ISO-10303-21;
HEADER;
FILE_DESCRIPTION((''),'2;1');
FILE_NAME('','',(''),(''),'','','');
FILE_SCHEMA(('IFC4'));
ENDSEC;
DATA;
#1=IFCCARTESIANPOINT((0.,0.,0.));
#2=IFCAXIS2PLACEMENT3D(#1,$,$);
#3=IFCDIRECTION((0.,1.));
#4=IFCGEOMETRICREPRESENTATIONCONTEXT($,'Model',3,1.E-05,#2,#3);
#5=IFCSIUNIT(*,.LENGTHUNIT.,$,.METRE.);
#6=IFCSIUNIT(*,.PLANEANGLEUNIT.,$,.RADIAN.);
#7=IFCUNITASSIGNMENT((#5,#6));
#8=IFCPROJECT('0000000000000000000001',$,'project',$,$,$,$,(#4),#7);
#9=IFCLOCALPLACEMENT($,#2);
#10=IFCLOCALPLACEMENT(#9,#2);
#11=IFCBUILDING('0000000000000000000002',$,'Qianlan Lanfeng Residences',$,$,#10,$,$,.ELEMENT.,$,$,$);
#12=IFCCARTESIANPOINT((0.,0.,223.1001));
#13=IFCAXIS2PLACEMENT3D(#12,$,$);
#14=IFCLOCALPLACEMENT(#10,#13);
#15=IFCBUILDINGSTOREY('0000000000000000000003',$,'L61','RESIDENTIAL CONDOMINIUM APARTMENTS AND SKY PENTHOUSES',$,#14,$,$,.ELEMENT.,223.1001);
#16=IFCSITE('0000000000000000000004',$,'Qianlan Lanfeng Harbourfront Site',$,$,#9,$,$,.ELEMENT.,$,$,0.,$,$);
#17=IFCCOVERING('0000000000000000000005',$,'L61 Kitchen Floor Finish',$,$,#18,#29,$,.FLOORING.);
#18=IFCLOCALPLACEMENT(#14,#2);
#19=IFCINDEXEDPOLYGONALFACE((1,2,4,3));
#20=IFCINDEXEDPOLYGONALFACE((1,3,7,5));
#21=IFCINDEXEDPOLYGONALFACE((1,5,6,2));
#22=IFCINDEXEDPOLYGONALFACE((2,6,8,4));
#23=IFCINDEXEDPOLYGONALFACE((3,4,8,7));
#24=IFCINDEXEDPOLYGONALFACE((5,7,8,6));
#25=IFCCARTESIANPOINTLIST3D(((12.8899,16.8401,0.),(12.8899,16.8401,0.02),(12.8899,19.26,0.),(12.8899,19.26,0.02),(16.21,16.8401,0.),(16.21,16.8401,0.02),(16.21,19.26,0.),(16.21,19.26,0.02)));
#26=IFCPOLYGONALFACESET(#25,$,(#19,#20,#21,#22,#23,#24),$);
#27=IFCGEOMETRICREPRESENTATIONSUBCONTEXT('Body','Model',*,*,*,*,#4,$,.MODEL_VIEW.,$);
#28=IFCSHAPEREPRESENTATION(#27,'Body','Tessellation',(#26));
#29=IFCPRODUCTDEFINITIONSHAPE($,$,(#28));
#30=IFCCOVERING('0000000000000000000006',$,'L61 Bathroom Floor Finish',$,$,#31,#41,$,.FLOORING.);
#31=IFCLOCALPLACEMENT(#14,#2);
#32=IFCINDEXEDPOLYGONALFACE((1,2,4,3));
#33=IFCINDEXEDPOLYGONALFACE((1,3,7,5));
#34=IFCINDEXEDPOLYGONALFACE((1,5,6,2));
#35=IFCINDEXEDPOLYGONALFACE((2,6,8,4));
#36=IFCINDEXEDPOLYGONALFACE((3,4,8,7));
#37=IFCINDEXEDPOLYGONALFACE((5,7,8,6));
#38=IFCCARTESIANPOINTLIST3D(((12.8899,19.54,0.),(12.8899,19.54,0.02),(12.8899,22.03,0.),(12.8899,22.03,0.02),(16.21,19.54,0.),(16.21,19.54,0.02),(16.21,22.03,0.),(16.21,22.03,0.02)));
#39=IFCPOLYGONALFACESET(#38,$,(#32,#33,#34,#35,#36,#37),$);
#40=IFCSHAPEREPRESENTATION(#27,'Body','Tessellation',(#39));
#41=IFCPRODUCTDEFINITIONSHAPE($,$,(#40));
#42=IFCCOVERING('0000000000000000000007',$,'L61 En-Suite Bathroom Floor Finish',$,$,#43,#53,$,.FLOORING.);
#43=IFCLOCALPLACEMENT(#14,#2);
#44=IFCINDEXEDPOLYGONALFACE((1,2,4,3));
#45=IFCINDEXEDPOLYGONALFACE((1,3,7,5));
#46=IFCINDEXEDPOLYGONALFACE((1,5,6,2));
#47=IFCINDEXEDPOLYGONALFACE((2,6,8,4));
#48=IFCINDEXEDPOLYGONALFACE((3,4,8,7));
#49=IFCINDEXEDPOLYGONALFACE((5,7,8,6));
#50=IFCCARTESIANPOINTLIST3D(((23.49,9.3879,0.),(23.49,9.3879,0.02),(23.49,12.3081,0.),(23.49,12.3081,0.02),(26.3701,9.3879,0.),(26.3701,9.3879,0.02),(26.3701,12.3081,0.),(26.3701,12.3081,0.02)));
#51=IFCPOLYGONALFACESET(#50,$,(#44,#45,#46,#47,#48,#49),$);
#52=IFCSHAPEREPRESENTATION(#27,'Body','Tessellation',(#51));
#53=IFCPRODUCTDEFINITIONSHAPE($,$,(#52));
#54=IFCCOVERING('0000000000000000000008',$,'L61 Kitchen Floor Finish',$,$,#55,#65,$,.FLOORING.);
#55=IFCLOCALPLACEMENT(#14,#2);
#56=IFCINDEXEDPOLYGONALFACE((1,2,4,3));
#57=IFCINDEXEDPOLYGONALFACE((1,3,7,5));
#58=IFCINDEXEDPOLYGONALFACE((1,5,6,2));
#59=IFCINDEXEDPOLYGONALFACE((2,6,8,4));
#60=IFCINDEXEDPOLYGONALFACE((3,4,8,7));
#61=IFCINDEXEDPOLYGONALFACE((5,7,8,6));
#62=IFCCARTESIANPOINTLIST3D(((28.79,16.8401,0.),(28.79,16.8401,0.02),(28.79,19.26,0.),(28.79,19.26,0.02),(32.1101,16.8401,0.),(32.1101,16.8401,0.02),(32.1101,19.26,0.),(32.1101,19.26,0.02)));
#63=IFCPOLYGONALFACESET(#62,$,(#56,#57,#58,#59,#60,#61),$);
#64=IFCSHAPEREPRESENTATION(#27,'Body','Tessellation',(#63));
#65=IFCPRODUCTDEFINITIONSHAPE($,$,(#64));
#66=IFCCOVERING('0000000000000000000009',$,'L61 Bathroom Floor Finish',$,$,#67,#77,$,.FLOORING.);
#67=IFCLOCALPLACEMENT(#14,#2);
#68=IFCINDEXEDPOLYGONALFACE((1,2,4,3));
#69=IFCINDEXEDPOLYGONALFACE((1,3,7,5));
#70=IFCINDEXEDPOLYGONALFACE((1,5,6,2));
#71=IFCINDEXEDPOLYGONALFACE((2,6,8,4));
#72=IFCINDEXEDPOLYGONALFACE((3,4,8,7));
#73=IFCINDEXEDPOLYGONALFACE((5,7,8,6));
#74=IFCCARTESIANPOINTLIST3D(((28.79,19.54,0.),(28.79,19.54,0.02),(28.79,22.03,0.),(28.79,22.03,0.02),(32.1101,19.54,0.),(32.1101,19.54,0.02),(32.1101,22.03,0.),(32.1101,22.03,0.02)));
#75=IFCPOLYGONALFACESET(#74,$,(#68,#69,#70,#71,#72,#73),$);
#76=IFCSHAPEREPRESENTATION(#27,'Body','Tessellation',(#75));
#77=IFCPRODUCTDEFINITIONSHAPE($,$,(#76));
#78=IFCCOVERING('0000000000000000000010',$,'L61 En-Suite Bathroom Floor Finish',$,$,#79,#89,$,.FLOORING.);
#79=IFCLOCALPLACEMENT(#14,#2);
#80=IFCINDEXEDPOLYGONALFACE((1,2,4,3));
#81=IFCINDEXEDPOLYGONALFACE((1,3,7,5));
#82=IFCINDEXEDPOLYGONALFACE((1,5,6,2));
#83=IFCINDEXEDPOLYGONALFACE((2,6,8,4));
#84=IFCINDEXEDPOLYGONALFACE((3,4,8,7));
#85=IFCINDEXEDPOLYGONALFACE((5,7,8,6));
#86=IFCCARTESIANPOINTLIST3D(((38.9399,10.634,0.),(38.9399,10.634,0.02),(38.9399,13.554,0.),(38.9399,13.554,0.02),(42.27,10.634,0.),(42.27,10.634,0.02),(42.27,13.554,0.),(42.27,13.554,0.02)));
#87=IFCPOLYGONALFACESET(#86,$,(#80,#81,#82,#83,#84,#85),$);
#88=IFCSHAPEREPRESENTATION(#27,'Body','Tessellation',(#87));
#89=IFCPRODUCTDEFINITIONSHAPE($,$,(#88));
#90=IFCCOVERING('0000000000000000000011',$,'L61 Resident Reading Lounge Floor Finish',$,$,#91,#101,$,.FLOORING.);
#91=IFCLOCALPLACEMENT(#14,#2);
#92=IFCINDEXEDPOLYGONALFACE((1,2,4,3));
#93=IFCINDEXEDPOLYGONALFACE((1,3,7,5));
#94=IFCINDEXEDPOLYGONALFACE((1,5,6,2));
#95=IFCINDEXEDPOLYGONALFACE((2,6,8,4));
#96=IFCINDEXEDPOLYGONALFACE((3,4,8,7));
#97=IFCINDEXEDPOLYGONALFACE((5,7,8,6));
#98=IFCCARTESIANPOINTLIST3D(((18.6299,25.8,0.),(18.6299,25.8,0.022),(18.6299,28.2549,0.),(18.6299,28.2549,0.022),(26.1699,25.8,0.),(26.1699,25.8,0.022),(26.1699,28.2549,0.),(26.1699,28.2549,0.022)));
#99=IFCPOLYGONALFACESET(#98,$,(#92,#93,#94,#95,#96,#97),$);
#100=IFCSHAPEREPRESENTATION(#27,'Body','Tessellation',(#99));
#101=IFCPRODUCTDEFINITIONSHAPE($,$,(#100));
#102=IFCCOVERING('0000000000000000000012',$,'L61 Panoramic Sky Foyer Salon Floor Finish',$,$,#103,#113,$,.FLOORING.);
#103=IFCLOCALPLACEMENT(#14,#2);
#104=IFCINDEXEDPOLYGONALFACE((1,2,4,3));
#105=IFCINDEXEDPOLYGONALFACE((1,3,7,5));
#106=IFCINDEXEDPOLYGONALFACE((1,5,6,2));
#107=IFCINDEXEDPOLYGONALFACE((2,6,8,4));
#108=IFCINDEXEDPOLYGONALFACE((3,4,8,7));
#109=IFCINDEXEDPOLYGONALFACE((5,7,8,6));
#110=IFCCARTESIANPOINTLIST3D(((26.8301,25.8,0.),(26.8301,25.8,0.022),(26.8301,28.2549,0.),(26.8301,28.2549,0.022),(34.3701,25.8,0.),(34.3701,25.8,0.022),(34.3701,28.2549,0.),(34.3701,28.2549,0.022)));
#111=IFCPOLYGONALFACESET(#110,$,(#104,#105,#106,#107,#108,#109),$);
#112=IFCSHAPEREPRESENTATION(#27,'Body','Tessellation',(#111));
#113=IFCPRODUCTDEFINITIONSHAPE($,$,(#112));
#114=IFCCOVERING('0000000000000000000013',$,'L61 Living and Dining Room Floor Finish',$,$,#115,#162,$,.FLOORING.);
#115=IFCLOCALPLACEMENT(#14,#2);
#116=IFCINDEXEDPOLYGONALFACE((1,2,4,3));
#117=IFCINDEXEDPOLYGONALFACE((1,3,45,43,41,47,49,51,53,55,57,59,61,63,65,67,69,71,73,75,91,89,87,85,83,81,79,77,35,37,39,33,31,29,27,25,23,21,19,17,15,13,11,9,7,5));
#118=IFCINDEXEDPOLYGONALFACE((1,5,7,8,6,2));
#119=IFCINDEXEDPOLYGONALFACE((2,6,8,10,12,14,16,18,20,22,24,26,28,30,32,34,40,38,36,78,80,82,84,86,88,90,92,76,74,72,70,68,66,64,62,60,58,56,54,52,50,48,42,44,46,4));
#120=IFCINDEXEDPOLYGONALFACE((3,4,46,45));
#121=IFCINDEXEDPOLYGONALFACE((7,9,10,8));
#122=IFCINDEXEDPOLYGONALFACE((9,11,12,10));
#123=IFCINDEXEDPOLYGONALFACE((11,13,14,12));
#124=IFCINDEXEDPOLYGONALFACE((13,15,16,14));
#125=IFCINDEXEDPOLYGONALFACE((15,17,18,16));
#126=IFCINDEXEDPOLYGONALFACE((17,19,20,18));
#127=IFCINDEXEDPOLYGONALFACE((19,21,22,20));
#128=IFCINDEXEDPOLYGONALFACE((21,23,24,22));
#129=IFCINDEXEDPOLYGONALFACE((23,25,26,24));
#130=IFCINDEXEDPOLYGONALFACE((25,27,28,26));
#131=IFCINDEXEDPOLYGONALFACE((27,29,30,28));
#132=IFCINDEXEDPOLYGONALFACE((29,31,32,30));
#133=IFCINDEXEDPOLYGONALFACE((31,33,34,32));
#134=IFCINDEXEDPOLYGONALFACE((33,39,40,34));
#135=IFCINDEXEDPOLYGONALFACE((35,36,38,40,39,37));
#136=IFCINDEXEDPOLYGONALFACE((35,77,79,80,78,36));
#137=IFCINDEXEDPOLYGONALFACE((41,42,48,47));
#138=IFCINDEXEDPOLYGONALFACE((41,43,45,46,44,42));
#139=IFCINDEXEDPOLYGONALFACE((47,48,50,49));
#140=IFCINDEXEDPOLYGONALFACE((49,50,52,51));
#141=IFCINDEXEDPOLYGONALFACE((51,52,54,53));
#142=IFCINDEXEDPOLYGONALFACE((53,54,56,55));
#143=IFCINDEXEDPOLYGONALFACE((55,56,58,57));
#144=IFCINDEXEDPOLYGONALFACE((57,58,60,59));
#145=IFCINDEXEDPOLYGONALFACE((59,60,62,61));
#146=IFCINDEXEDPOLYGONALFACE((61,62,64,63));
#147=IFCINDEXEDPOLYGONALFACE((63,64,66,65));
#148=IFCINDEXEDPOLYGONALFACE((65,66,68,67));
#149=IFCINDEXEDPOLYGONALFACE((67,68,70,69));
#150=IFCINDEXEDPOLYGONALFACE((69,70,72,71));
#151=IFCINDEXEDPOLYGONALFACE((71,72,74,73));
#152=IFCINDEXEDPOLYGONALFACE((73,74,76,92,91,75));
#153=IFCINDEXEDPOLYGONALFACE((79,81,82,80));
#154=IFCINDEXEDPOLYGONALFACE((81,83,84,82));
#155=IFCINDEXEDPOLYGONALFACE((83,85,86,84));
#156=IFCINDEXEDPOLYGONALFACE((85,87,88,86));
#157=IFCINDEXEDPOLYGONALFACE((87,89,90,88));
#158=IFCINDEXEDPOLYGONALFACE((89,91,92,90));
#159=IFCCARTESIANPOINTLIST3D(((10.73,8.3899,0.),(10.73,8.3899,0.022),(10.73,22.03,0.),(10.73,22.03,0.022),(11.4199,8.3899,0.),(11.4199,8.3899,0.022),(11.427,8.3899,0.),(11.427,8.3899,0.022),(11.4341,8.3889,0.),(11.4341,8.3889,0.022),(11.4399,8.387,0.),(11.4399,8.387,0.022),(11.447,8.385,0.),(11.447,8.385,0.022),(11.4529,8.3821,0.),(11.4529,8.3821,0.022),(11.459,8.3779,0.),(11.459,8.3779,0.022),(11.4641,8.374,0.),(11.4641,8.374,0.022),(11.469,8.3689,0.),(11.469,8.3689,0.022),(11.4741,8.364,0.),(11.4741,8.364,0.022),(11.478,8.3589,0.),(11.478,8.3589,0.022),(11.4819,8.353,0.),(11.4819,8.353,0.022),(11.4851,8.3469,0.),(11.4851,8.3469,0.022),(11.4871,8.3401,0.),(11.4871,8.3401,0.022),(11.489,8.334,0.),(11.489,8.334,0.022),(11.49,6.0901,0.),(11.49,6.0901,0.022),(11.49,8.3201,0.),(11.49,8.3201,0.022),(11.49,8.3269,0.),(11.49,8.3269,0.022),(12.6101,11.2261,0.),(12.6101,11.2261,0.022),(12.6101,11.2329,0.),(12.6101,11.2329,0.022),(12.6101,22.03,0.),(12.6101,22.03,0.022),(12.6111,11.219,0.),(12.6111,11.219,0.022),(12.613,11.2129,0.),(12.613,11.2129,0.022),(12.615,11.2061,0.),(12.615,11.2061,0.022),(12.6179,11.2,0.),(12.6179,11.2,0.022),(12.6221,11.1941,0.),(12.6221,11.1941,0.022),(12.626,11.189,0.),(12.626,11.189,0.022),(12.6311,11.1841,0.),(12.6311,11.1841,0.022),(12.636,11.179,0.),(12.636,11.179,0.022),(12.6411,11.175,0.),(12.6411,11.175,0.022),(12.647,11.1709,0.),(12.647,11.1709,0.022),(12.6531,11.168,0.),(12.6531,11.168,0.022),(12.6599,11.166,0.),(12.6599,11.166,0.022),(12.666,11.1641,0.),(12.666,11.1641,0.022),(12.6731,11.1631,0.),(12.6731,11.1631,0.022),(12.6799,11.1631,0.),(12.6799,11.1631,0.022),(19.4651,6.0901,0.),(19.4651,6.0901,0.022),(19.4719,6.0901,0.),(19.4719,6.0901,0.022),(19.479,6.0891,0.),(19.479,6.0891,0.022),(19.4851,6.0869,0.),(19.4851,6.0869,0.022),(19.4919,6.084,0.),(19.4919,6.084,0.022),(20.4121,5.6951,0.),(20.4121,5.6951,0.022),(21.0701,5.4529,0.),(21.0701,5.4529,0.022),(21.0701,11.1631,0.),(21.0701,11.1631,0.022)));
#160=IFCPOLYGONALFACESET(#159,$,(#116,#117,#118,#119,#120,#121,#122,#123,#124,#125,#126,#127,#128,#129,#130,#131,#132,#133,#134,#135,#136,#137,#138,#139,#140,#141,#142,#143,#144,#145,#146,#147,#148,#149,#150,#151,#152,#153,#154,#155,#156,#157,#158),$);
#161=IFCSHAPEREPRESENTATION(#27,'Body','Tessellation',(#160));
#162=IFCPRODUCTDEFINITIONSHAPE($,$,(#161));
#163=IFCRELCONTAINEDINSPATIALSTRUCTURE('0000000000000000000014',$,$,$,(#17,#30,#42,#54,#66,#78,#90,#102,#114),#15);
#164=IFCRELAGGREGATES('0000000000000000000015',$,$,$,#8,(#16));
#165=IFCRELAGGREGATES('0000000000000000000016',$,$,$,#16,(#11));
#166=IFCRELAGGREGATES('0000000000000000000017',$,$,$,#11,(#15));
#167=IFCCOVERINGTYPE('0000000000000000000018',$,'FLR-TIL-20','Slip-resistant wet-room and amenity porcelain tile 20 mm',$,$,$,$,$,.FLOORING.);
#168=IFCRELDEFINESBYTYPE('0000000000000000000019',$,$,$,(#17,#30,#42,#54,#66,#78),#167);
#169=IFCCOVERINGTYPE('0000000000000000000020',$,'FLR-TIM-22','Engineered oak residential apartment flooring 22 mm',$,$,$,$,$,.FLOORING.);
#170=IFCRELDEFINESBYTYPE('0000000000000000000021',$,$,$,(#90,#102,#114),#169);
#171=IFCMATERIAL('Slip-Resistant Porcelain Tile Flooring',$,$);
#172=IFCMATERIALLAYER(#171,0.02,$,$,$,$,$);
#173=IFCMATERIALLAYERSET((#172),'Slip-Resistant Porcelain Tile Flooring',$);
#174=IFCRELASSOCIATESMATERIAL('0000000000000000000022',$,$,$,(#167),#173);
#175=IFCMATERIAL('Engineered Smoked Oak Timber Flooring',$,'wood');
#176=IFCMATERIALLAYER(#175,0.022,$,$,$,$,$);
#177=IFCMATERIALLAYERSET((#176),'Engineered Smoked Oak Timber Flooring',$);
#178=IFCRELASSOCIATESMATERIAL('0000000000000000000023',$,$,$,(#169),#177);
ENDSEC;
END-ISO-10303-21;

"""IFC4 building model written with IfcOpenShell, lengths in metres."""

from ifc_helpers import new_model, si_unit, direction, frame, origin, place, context, subcontext, project, spatial, polyline, outline, extrude, material, layer, layer_set, type_object, element, save


model = new_model("IFC4")

# Units and contexts
model_context = context("Model", 3, precision=1e-05, world=origin(), true_north=direction((0.0, 1.0)))
body_context = subcontext(model_context, "Body", "Model", "MODEL_VIEW")
ifc_project = project(units=[si_unit("LENGTHUNIT", "METRE"), si_unit("PLANEANGLEUNIT", "RADIAN")], contexts=[model_context])

# Site, building, storey
site_placement = place(None, origin())
site = spatial("IfcSite", under=ifc_project, at=site_placement, Name="Qianlan Lanfeng Harbourfront Site", CompositionType="ELEMENT", RefElevation=0.0)
building_placement = place(site_placement, origin())
building = spatial("IfcBuilding", under=site, at=building_placement, Name="Qianlan Lanfeng Residences", CompositionType="ELEMENT")
storey_placement = place(building_placement, frame((0.0, 0.0, 223.1001)))
storey = spatial("IfcBuildingStorey", under=building, at=storey_placement, Name="L61", Description="RESIDENTIAL CONDOMINIUM APARTMENTS AND SKY PENTHOUSES", CompositionType="ELEMENT", Elevation=223.1001)

# Coverings
ifc_material_1 = material(Name="Slip-Resistant Porcelain Tile Flooring")
ifc_layer_1 = layer(ifc_material_1, 0.02)
ifc_layer_set_1 = layer_set([ifc_layer_1], Name="Slip-Resistant Porcelain Tile Flooring")
covering_type_1 = type_object("IfcCoveringType", Name="FLR-TIL-20", Description="Slip-resistant wet-room and amenity porcelain tile 20 mm", PredefinedType="FLOORING", material=ifc_layer_set_1)
covering_1_placement = place(storey_placement, origin())
element("IfcCovering", 1, at=covering_1_placement, inside=storey, type_object=covering_type_1, Name="L61 Kitchen Floor Finish", PredefinedType="FLOORING", context=body_context, shape_type="SweptSolid", body=[
    extrude(outline(polyline([(12.8899, 16.8401), (16.21, 16.8401), (16.21, 19.26), (12.8899, 19.26), (12.8899, 16.8401)])), origin(), (0.0, 0.0, 1.0), 0.02),
])
covering_2_placement = place(storey_placement, origin())
element("IfcCovering", 2, at=covering_2_placement, inside=storey, type_object=covering_type_1, Name="L61 Bathroom Floor Finish", PredefinedType="FLOORING", context=body_context, shape_type="SweptSolid", body=[
    extrude(outline(polyline([(12.8899, 19.54), (16.21, 19.54), (16.21, 22.03), (12.8899, 22.03), (12.8899, 19.54)])), origin(), (0.0, 0.0, 1.0), 0.02),
])
covering_3_placement = place(storey_placement, origin())
element("IfcCovering", 3, at=covering_3_placement, inside=storey, type_object=covering_type_1, Name="L61 En-Suite Bathroom Floor Finish", PredefinedType="FLOORING", context=body_context, shape_type="SweptSolid", body=[
    extrude(outline(polyline([(23.49, 9.3879), (26.3701, 9.3879), (26.3701, 12.3081), (23.49, 12.3081), (23.49, 9.3879)])), origin(), (0.0, 0.0, 1.0), 0.02),
])
covering_4_placement = place(storey_placement, origin())
element("IfcCovering", 4, at=covering_4_placement, inside=storey, type_object=covering_type_1, Name="L61 Kitchen Floor Finish", PredefinedType="FLOORING", context=body_context, shape_type="SweptSolid", body=[
    extrude(outline(polyline([(28.79, 16.8401), (32.1101, 16.8401), (32.1101, 19.26), (28.79, 19.26), (28.79, 16.8401)])), origin(), (0.0, 0.0, 1.0), 0.02),
])
covering_5_placement = place(storey_placement, origin())
element("IfcCovering", 5, at=covering_5_placement, inside=storey, type_object=covering_type_1, Name="L61 Bathroom Floor Finish", PredefinedType="FLOORING", context=body_context, shape_type="SweptSolid", body=[
    extrude(outline(polyline([(28.79, 19.54), (32.1101, 19.54), (32.1101, 22.03), (28.79, 22.03), (28.79, 19.54)])), origin(), (0.0, 0.0, 1.0), 0.02),
])
covering_6_placement = place(storey_placement, origin())
element("IfcCovering", 6, at=covering_6_placement, inside=storey, type_object=covering_type_1, Name="L61 En-Suite Bathroom Floor Finish", PredefinedType="FLOORING", context=body_context, shape_type="SweptSolid", body=[
    extrude(outline(polyline([(38.9399, 10.634), (42.27, 10.634), (42.27, 13.554), (38.9399, 13.554), (38.9399, 10.634)])), origin(), (0.0, 0.0, 1.0), 0.02),
])
ifc_material_2 = material(Name="Engineered Smoked Oak Timber Flooring", Category="wood")
ifc_layer_2 = layer(ifc_material_2, 0.022)
ifc_layer_set_2 = layer_set([ifc_layer_2], Name="Engineered Smoked Oak Timber Flooring")
covering_type_2 = type_object("IfcCoveringType", Name="FLR-TIM-22", Description="Engineered oak residential apartment flooring 22 mm", PredefinedType="FLOORING", material=ifc_layer_set_2)
covering_7_placement = place(storey_placement, origin())
element("IfcCovering", 7, at=covering_7_placement, inside=storey, type_object=covering_type_2, Name="L61 Resident Reading Lounge Floor Finish", PredefinedType="FLOORING", context=body_context, shape_type="SweptSolid", body=[
    extrude(outline(polyline([(18.6299, 25.8), (26.1699, 25.8), (26.1699, 28.2549), (18.6299, 28.2549), (18.6299, 25.8)])), origin(), (0.0, 0.0, 1.0), 0.022),
])
covering_8_placement = place(storey_placement, origin())
element("IfcCovering", 8, at=covering_8_placement, inside=storey, type_object=covering_type_2, Name="L61 Panoramic Sky Foyer Salon Floor Finish", PredefinedType="FLOORING", context=body_context, shape_type="SweptSolid", body=[
    extrude(outline(polyline([(26.8301, 25.8), (34.3701, 25.8), (34.3701, 28.2549), (26.8301, 28.2549), (26.8301, 25.8)])), origin(), (0.0, 0.0, 1.0), 0.022),
])
covering_9_placement = place(storey_placement, origin())
element("IfcCovering", 9, at=covering_9_placement, inside=storey, type_object=covering_type_2, Name="L61 Living and Dining Room Floor Finish", PredefinedType="FLOORING", context=body_context, shape_type="SweptSolid", body=[
    extrude(outline(polyline([(21.0701, 5.4529), (21.0701, 11.1631), (12.6799, 11.1631), (12.6731, 11.1631), (12.666, 11.1641), (12.6599, 11.166), (12.6531, 11.168), (12.647, 11.1709), (12.6411, 11.175), (12.636, 11.179), (12.6311, 11.1841), (12.626, 11.189), (12.6221, 11.1941), (12.6179, 11.2), (12.615, 11.2061), (12.613, 11.2129), (12.6111, 11.219), (12.6101, 11.2261), (12.6101, 11.2329), (12.6101, 22.03), (10.73, 22.03), (10.73, 8.3899), (11.4199, 8.3899), (11.427, 8.3899), (11.4341, 8.3889), (11.4399, 8.387), (11.447, 8.385), (11.4529, 8.3821), (11.459, 8.3779), (11.4641, 8.374), (11.469, 8.3689), (11.4741, 8.364), (11.478, 8.3589), (11.4819, 8.353), (11.4851, 8.3469), (11.4871, 8.3401), (11.489, 8.334), (11.49, 8.3269), (11.49, 8.3201), (11.49, 6.0901), (19.4651, 6.0901), (19.4719, 6.0901), (19.479, 6.0891), (19.4851, 6.0869), (19.4919, 6.084), (20.4121, 5.6951), (21.0701, 5.4529)])), origin(), (0.0, 0.0, 1.0), 0.022),
])

save(model, "model.ifc")
